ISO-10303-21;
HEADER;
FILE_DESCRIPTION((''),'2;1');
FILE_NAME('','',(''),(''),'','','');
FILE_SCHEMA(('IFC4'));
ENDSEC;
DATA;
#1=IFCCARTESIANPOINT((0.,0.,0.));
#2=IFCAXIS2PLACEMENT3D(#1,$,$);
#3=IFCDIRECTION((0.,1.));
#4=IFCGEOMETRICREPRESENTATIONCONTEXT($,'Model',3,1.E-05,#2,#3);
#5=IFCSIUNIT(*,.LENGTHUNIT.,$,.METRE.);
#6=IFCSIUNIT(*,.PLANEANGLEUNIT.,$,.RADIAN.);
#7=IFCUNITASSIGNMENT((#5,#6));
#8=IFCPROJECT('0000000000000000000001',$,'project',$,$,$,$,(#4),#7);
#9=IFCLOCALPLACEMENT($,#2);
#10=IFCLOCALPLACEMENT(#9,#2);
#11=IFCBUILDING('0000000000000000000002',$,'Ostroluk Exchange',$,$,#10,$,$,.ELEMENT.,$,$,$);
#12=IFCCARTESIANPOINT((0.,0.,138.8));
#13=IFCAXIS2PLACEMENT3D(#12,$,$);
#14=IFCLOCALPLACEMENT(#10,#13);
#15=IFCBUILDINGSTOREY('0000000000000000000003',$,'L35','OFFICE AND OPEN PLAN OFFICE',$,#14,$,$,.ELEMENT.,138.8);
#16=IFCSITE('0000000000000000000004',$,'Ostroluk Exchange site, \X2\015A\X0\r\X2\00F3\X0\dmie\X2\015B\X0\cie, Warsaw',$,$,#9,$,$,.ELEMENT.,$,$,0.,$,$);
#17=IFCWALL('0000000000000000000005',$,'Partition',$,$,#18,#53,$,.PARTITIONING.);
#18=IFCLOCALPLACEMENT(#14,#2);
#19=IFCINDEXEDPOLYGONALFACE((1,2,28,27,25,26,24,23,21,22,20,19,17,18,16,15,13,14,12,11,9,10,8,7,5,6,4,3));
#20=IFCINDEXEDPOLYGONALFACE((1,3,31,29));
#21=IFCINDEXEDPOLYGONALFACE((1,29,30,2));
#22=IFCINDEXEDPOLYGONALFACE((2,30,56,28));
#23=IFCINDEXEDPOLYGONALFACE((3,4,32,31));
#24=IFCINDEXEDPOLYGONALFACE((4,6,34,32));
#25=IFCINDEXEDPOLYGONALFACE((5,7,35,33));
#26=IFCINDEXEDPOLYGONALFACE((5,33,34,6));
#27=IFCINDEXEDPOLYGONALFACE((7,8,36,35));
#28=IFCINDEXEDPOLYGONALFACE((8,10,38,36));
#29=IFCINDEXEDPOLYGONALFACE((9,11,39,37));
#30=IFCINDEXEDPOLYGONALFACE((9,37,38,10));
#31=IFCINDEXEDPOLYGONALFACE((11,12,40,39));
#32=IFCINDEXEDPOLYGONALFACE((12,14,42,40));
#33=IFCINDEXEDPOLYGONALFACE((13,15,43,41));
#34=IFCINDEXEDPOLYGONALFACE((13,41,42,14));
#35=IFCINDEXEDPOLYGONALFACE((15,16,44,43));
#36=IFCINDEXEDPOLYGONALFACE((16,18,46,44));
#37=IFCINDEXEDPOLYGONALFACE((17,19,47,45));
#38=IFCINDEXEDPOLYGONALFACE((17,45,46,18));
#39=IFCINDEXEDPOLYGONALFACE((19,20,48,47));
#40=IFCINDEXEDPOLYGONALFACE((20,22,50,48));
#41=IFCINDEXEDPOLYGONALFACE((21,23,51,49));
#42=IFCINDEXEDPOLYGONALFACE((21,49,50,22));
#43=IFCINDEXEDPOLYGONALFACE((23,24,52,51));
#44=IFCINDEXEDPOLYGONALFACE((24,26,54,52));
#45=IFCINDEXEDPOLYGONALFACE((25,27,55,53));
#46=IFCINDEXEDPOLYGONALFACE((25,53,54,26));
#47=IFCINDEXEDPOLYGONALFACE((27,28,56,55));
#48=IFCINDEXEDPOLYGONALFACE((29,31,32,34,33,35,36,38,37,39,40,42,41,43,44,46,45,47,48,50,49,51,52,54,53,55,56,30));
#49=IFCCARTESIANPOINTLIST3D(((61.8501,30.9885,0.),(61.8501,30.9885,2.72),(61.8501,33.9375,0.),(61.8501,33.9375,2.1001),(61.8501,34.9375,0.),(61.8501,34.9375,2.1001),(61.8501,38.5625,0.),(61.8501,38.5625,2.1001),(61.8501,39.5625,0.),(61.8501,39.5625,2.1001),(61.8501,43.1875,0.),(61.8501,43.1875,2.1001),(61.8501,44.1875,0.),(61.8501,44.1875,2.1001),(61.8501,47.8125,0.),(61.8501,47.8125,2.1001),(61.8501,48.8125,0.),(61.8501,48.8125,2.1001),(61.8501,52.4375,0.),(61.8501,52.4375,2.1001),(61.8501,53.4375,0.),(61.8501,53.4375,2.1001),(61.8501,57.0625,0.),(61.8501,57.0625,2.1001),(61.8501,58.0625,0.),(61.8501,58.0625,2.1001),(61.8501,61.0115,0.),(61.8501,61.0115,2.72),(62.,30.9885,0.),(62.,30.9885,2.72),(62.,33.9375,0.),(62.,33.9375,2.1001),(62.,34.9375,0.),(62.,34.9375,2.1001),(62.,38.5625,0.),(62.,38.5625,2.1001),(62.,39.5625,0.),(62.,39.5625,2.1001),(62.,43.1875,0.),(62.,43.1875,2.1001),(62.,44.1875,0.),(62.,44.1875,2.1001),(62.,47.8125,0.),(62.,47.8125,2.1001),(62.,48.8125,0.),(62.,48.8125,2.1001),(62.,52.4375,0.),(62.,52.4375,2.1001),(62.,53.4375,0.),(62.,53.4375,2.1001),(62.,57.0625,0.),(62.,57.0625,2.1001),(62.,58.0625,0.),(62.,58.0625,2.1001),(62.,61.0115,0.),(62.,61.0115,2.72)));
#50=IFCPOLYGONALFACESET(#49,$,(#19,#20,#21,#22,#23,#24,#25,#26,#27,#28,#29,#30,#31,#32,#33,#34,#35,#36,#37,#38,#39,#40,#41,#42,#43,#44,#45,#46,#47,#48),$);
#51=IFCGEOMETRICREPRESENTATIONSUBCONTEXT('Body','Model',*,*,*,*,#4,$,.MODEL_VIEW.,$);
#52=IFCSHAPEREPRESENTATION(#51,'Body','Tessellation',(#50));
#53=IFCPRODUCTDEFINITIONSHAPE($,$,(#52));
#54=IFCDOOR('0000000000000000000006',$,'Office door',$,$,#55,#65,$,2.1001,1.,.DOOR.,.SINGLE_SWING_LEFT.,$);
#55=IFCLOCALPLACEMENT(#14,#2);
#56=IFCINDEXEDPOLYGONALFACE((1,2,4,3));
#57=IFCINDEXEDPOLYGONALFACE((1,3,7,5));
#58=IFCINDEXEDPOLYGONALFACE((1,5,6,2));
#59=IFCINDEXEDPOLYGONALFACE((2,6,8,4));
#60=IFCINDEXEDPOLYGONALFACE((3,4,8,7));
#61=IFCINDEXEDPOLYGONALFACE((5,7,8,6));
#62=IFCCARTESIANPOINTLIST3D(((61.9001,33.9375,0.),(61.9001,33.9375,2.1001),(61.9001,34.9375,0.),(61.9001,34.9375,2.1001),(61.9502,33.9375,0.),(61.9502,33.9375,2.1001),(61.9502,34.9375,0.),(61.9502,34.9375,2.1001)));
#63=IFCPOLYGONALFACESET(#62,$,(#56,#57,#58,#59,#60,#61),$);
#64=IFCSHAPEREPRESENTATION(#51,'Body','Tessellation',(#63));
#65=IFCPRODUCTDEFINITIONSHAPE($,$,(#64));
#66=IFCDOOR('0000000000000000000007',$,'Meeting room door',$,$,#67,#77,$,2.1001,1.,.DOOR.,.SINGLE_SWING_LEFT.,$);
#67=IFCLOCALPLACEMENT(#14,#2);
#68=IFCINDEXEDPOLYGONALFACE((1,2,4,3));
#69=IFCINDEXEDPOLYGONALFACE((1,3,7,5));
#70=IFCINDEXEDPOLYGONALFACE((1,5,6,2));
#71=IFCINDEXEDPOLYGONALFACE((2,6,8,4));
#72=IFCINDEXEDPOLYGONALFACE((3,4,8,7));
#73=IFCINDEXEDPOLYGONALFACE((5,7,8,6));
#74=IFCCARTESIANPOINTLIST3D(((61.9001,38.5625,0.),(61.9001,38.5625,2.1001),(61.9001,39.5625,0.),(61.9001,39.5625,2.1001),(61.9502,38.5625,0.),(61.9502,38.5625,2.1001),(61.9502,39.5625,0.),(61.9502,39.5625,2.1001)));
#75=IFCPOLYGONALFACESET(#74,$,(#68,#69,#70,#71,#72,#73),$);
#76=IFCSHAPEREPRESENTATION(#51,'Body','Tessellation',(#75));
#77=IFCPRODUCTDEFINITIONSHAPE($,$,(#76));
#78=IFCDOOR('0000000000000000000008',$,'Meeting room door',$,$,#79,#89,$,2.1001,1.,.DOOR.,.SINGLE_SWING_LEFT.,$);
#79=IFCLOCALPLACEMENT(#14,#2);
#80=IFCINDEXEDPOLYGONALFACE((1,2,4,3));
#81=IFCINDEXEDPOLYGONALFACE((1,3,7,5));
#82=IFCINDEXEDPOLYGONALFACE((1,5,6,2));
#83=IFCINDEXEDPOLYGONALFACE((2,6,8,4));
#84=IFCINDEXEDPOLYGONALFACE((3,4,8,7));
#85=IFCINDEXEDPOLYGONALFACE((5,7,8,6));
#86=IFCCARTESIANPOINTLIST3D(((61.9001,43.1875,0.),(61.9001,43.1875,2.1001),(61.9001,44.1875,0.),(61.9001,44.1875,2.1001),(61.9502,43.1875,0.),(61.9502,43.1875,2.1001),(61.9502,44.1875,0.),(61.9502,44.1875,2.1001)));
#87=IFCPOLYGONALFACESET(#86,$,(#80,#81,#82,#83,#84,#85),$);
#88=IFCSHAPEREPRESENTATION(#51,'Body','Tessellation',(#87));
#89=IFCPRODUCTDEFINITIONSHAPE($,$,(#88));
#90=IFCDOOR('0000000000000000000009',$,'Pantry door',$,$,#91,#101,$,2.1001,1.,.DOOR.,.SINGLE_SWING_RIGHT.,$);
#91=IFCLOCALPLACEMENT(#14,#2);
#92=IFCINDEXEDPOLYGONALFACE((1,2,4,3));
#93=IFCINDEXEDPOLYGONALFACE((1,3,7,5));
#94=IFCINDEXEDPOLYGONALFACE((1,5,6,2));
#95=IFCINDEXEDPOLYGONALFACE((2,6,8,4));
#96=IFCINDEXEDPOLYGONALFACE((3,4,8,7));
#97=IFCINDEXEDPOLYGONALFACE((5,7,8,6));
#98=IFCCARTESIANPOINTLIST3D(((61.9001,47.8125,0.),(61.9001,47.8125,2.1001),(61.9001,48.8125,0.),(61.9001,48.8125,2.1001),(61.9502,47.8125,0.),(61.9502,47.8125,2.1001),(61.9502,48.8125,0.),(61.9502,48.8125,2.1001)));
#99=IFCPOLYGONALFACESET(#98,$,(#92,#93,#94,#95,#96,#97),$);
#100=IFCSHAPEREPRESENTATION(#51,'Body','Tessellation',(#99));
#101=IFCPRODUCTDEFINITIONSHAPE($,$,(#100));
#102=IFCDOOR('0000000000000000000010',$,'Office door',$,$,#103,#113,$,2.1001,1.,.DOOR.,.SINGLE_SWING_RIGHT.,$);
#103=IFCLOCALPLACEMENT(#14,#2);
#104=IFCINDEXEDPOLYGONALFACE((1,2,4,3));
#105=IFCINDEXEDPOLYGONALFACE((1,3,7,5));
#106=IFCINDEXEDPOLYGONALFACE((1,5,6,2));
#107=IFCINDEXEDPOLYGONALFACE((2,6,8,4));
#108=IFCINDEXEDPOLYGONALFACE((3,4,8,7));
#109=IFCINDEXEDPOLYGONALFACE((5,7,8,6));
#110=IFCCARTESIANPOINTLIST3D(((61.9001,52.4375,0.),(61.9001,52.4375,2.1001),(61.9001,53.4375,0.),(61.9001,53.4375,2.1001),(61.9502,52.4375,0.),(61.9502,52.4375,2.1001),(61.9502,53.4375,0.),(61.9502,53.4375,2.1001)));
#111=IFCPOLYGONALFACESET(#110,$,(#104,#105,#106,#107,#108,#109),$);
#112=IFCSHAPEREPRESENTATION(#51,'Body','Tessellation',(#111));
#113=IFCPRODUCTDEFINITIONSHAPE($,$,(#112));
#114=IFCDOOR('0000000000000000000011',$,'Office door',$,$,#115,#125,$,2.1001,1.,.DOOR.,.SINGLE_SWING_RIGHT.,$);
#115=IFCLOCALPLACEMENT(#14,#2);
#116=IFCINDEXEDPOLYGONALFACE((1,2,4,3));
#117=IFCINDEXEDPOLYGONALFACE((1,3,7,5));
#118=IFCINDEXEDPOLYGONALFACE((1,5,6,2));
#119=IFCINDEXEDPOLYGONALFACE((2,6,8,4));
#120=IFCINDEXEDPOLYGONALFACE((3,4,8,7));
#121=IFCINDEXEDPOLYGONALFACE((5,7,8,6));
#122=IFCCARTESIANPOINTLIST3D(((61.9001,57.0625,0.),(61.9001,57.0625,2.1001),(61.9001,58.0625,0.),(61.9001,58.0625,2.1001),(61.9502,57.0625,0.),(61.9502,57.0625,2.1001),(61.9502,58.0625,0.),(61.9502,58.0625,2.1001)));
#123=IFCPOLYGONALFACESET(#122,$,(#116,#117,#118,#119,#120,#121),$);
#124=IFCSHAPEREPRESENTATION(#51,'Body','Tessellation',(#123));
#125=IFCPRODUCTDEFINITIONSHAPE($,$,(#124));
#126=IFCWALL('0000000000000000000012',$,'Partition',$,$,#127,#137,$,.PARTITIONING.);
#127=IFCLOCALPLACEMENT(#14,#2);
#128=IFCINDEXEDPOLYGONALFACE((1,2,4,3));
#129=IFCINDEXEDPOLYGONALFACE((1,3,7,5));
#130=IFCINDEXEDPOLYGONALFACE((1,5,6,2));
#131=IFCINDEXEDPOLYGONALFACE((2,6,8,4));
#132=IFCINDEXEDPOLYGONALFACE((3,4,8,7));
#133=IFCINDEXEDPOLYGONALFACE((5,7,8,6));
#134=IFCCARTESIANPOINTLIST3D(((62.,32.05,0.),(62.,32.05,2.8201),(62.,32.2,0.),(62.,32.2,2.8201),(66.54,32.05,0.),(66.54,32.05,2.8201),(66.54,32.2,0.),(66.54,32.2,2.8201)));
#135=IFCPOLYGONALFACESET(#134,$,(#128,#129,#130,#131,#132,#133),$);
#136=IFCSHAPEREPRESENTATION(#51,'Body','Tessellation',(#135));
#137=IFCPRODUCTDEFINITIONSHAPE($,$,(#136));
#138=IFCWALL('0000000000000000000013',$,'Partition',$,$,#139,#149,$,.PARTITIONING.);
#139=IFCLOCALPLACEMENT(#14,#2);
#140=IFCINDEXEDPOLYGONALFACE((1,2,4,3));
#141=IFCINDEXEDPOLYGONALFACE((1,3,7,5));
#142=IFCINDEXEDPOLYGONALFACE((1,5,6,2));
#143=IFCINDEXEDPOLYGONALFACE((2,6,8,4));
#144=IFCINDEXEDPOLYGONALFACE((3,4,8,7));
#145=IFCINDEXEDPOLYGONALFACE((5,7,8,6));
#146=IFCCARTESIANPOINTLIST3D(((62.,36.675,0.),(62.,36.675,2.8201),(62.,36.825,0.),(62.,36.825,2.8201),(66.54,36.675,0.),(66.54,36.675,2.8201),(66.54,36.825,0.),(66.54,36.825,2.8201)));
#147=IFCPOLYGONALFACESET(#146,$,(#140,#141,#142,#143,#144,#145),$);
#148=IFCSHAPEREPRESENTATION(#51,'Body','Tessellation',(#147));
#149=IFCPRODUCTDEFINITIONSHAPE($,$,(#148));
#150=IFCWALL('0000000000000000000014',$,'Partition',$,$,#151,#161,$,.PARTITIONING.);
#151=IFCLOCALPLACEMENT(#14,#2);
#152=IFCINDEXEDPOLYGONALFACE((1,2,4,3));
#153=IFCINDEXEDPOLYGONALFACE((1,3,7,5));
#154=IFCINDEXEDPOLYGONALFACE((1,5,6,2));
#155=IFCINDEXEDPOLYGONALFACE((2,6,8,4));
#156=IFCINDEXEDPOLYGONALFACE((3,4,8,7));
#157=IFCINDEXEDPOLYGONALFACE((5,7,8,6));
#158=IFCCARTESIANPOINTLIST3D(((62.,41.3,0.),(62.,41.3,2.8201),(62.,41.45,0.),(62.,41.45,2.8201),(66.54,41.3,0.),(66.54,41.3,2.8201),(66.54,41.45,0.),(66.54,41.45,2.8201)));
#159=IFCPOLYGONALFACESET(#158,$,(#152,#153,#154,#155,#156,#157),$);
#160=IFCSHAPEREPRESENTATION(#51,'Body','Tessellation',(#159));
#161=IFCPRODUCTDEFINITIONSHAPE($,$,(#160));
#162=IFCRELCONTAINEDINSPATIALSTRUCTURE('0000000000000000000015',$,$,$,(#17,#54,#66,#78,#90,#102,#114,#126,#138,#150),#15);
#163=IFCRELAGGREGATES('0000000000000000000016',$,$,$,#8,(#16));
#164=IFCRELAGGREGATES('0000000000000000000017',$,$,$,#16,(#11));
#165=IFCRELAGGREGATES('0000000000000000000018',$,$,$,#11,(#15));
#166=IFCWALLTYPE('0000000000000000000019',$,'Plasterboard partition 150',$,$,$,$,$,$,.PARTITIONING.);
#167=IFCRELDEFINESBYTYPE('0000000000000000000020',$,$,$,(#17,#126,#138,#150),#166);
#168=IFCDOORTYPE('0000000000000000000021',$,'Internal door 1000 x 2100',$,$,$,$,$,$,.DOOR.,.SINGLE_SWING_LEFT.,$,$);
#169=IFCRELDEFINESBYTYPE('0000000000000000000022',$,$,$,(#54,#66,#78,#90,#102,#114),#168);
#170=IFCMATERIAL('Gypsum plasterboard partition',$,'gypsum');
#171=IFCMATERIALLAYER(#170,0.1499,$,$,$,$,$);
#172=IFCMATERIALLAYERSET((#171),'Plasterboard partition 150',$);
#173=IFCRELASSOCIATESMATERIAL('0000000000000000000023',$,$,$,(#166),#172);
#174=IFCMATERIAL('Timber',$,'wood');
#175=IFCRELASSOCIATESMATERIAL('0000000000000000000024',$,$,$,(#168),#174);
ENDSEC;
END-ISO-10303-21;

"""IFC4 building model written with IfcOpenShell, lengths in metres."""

from ifc_helpers import new_model, si_unit, direction, frame, frame_2d, origin, place, context, subcontext, project, spatial, rectangle, extrude, material, layer, layer_set, type_object, element, fill, save


model = new_model("IFC4")

# Units and contexts
model_context = context("Model", 3, precision=1e-05, world=origin(), true_north=direction((0.0, 1.0)))
body_context = subcontext(model_context, "Body", "Model", "MODEL_VIEW")
ifc_project = project(units=[si_unit("LENGTHUNIT", "METRE"), si_unit("PLANEANGLEUNIT", "RADIAN")], contexts=[model_context])

# Site, building, storey
site_placement = place(None, origin())
site = spatial("IfcSite", under=ifc_project, at=site_placement, Name="Ostroluk Exchange site, Śródmieście, Warsaw", CompositionType="ELEMENT", RefElevation=0.0)
building_placement = place(site_placement, origin())
building = spatial("IfcBuilding", under=site, at=building_placement, Name="Ostroluk Exchange", CompositionType="ELEMENT")
storey_placement = place(building_placement, frame((0.0, 0.0, 138.8)))
storey = spatial("IfcBuildingStorey", under=building, at=storey_placement, Name="L35", Description="OFFICE AND OPEN PLAN OFFICE", CompositionType="ELEMENT", Elevation=138.8)

# Shared definitions
ifc_material_1 = material(Name="Gypsum plasterboard partition", Category="gypsum")
ifc_layer_1 = layer(ifc_material_1, 0.1499)
ifc_layer_set_1 = layer_set([ifc_layer_1], Name="Plasterboard partition 150")
wall_type = type_object("IfcWallType", Name="Plasterboard partition 150", PredefinedType="PARTITIONING", material=ifc_layer_set_1)
ifc_material_2 = material(Name="Timber", Category="wood")
door_type = type_object("IfcDoorType", Name="Internal door 1000 x 2100", OperationType="SINGLE_SWING_LEFT", PredefinedType="DOOR", material=ifc_material_2)

# Wall, openings, doors
wall_1_placement = place(storey_placement, frame((61.925, 30.9885, 0.0), z_axis=(0.0, 0.0, 1.0), x_axis=(0.0, 1.0, 0.0)))
wall_1 = element("IfcWall", 1, at=wall_1_placement, inside=storey, type_object=wall_type, Name="Partition", PredefinedType="PARTITIONING", context=body_context, shape_type="SweptSolid", body=[
    extrude(rectangle(XDim=30.0229, YDim=0.1499, at=frame_2d((15.0115, 0.0))), origin(), (0.0, 0.0, 1.0), 2.72),
])
opening_1_placement = place(wall_1_placement, frame((2.949, 0.0, 0.0)))
opening_1 = element("IfcOpeningElement", 2, at=opening_1_placement, cuts=wall_1, PredefinedType="OPENING", context=body_context, shape_type="SweptSolid", body=[
    extrude(rectangle(XDim=1.0, YDim=2.1001, at=frame_2d((0.5, 1.05))), frame((0.0, 0.085, 0.0), z_axis=(0.0, -1.0, 0.0), x_axis=(1.0, 0.0, 0.0)), (0.0, 0.0, 1.0), 0.1699),
])
opening_2_placement = place(wall_1_placement, frame((7.574, 0.0, 0.0)))
opening_2 = element("IfcOpeningElement", 3, at=opening_2_placement, cuts=wall_1, PredefinedType="OPENING", context=body_context, shape_type="SweptSolid", body=[
    extrude(rectangle(XDim=1.0, YDim=2.1001, at=frame_2d((0.5, 1.05))), frame((0.0, 0.085, 0.0), z_axis=(0.0, -1.0, 0.0), x_axis=(1.0, 0.0, 0.0)), (0.0, 0.0, 1.0), 0.1699),
])
opening_3_placement = place(wall_1_placement, frame((12.199, 0.0, 0.0)))
opening_3 = element("IfcOpeningElement", 4, at=opening_3_placement, cuts=wall_1, PredefinedType="OPENING", context=body_context, shape_type="SweptSolid", body=[
    extrude(rectangle(XDim=1.0, YDim=2.1001, at=frame_2d((0.5, 1.05))), frame((0.0, 0.085, 0.0), z_axis=(0.0, -1.0, 0.0), x_axis=(1.0, 0.0, 0.0)), (0.0, 0.0, 1.0), 0.1699),
])
opening_4_placement = place(wall_1_placement, frame((16.824, 0.0, 0.0)))
opening_4 = element("IfcOpeningElement", 5, at=opening_4_placement, cuts=wall_1, PredefinedType="OPENING", context=body_context, shape_type="SweptSolid", body=[
    extrude(rectangle(XDim=1.0, YDim=2.1001, at=frame_2d((0.5, 1.05))), frame((0.0, 0.085, 0.0), z_axis=(0.0, -1.0, 0.0), x_axis=(1.0, 0.0, 0.0)), (0.0, 0.0, 1.0), 0.1699),
])
opening_5_placement = place(wall_1_placement, frame((21.449, 0.0, 0.0)))
opening_5 = element("IfcOpeningElement", 6, at=opening_5_placement, cuts=wall_1, PredefinedType="OPENING", context=body_context, shape_type="SweptSolid", body=[
    extrude(rectangle(XDim=1.0, YDim=2.1001, at=frame_2d((0.5, 1.05))), frame((0.0, 0.085, 0.0), z_axis=(0.0, -1.0, 0.0), x_axis=(1.0, 0.0, 0.0)), (0.0, 0.0, 1.0), 0.1699),
])
opening_6_placement = place(wall_1_placement, frame((26.074, 0.0, 0.0)))
opening_6 = element("IfcOpeningElement", 7, at=opening_6_placement, cuts=wall_1, PredefinedType="OPENING", context=body_context, shape_type="SweptSolid", body=[
    extrude(rectangle(XDim=1.0, YDim=2.1001, at=frame_2d((0.5, 1.05))), frame((0.0, 0.085, 0.0), z_axis=(0.0, -1.0, 0.0), x_axis=(1.0, 0.0, 0.0)), (0.0, 0.0, 1.0), 0.1699),
])
door_1_placement = place(opening_1_placement, origin())
door_1 = element("IfcDoor", 8, at=door_1_placement, inside=storey, type_object=door_type, Name="Office door", OperationType="SINGLE_SWING_LEFT", OverallHeight=2.1001, OverallWidth=1.0, PredefinedType="DOOR", context=body_context, shape_type="SweptSolid", body=[
    extrude(rectangle(XDim=1.0, YDim=2.1001, at=frame_2d((0.5, 1.05))), frame((0.0, 0.0249, 0.0), z_axis=(0.0, -1.0, 0.0), x_axis=(1.0, 0.0, 0.0)), (0.0, 0.0, 1.0), 0.05),
])
fill(opening_1, door_1)
door_2_placement = place(opening_2_placement, origin())
door_2 = element("IfcDoor", 9, at=door_2_placement, inside=storey, type_object=door_type, Name="Meeting room door", OperationType="SINGLE_SWING_LEFT", OverallHeight=2.1001, OverallWidth=1.0, PredefinedType="DOOR", context=body_context, shape_type="SweptSolid", body=[
    extrude(rectangle(XDim=1.0, YDim=2.1001, at=frame_2d((0.5, 1.05))), frame((0.0, 0.0249, 0.0), z_axis=(0.0, -1.0, 0.0), x_axis=(1.0, 0.0, 0.0)), (0.0, 0.0, 1.0), 0.05),
])
fill(opening_2, door_2)
door_3_placement = place(opening_3_placement, origin())
door_3 = element("IfcDoor", 10, at=door_3_placement, inside=storey, type_object=door_type, Name="Meeting room door", OperationType="SINGLE_SWING_LEFT", OverallHeight=2.1001, OverallWidth=1.0, PredefinedType="DOOR", context=body_context, shape_type="SweptSolid", body=[
    extrude(rectangle(XDim=1.0, YDim=2.1001, at=frame_2d((0.5, 1.05))), frame((0.0, 0.0249, 0.0), z_axis=(0.0, -1.0, 0.0), x_axis=(1.0, 0.0, 0.0)), (0.0, 0.0, 1.0), 0.05),
])
fill(opening_3, door_3)
door_4_placement = place(opening_4_placement, origin())
door_4 = element("IfcDoor", 11, at=door_4_placement, inside=storey, type_object=door_type, Name="Pantry door", OperationType="SINGLE_SWING_RIGHT", OverallHeight=2.1001, OverallWidth=1.0, PredefinedType="DOOR", context=body_context, shape_type="SweptSolid", body=[
    extrude(rectangle(XDim=1.0, YDim=2.1001, at=frame_2d((0.5, 1.05))), frame((0.0, 0.0249, 0.0), z_axis=(0.0, -1.0, 0.0), x_axis=(1.0, 0.0, 0.0)), (0.0, 0.0, 1.0), 0.05),
])
fill(opening_4, door_4)
door_5_placement = place(opening_5_placement, origin())
door_5 = element("IfcDoor", 12, at=door_5_placement, inside=storey, type_object=door_type, Name="Office door", OperationType="SINGLE_SWING_RIGHT", OverallHeight=2.1001, OverallWidth=1.0, PredefinedType="DOOR", context=body_context, shape_type="SweptSolid", body=[
    extrude(rectangle(XDim=1.0, YDim=2.1001, at=frame_2d((0.5, 1.05))), frame((0.0, 0.0249, 0.0), z_axis=(0.0, -1.0, 0.0), x_axis=(1.0, 0.0, 0.0)), (0.0, 0.0, 1.0), 0.05),
])
fill(opening_5, door_5)
door_6_placement = place(opening_6_placement, origin())
door_6 = element("IfcDoor", 13, at=door_6_placement, inside=storey, type_object=door_type, Name="Office door", OperationType="SINGLE_SWING_RIGHT", OverallHeight=2.1001, OverallWidth=1.0, PredefinedType="DOOR", context=body_context, shape_type="SweptSolid", body=[
    extrude(rectangle(XDim=1.0, YDim=2.1001, at=frame_2d((0.5, 1.05))), frame((0.0, 0.0249, 0.0), z_axis=(0.0, -1.0, 0.0), x_axis=(1.0, 0.0, 0.0)), (0.0, 0.0, 1.0), 0.05),
])
fill(opening_6, door_6)

# Walls
for number, where, z_axis, x_axis, name in (
    (14, (62.0, 32.125, 0.0), (0.0, 0.0, 1.0), (1.0, 0.0, 0.0), "Partition"),
    (15, (62.0, 36.75, 0.0), (0.0, 0.0, 1.0), (1.0, 0.0, 0.0), "Partition"),
    (16, (62.0, 41.375, 0.0), (0.0, 0.0, 1.0), (1.0, 0.0, 0.0), "Partition"),
):
    element("IfcWall", number, at=place(storey_placement, frame(where, z_axis=z_axis, x_axis=x_axis)), inside=storey, type_object=wall_type, Name=name, PredefinedType="PARTITIONING", context=body_context, shape_type="SweptSolid", body=[
        extrude(rectangle(XDim=4.54, YDim=0.1499, at=frame_2d((2.27, 0.0))), origin(), (0.0, 0.0, 1.0), 2.8201),
    ])

save(model, "model.ifc")
